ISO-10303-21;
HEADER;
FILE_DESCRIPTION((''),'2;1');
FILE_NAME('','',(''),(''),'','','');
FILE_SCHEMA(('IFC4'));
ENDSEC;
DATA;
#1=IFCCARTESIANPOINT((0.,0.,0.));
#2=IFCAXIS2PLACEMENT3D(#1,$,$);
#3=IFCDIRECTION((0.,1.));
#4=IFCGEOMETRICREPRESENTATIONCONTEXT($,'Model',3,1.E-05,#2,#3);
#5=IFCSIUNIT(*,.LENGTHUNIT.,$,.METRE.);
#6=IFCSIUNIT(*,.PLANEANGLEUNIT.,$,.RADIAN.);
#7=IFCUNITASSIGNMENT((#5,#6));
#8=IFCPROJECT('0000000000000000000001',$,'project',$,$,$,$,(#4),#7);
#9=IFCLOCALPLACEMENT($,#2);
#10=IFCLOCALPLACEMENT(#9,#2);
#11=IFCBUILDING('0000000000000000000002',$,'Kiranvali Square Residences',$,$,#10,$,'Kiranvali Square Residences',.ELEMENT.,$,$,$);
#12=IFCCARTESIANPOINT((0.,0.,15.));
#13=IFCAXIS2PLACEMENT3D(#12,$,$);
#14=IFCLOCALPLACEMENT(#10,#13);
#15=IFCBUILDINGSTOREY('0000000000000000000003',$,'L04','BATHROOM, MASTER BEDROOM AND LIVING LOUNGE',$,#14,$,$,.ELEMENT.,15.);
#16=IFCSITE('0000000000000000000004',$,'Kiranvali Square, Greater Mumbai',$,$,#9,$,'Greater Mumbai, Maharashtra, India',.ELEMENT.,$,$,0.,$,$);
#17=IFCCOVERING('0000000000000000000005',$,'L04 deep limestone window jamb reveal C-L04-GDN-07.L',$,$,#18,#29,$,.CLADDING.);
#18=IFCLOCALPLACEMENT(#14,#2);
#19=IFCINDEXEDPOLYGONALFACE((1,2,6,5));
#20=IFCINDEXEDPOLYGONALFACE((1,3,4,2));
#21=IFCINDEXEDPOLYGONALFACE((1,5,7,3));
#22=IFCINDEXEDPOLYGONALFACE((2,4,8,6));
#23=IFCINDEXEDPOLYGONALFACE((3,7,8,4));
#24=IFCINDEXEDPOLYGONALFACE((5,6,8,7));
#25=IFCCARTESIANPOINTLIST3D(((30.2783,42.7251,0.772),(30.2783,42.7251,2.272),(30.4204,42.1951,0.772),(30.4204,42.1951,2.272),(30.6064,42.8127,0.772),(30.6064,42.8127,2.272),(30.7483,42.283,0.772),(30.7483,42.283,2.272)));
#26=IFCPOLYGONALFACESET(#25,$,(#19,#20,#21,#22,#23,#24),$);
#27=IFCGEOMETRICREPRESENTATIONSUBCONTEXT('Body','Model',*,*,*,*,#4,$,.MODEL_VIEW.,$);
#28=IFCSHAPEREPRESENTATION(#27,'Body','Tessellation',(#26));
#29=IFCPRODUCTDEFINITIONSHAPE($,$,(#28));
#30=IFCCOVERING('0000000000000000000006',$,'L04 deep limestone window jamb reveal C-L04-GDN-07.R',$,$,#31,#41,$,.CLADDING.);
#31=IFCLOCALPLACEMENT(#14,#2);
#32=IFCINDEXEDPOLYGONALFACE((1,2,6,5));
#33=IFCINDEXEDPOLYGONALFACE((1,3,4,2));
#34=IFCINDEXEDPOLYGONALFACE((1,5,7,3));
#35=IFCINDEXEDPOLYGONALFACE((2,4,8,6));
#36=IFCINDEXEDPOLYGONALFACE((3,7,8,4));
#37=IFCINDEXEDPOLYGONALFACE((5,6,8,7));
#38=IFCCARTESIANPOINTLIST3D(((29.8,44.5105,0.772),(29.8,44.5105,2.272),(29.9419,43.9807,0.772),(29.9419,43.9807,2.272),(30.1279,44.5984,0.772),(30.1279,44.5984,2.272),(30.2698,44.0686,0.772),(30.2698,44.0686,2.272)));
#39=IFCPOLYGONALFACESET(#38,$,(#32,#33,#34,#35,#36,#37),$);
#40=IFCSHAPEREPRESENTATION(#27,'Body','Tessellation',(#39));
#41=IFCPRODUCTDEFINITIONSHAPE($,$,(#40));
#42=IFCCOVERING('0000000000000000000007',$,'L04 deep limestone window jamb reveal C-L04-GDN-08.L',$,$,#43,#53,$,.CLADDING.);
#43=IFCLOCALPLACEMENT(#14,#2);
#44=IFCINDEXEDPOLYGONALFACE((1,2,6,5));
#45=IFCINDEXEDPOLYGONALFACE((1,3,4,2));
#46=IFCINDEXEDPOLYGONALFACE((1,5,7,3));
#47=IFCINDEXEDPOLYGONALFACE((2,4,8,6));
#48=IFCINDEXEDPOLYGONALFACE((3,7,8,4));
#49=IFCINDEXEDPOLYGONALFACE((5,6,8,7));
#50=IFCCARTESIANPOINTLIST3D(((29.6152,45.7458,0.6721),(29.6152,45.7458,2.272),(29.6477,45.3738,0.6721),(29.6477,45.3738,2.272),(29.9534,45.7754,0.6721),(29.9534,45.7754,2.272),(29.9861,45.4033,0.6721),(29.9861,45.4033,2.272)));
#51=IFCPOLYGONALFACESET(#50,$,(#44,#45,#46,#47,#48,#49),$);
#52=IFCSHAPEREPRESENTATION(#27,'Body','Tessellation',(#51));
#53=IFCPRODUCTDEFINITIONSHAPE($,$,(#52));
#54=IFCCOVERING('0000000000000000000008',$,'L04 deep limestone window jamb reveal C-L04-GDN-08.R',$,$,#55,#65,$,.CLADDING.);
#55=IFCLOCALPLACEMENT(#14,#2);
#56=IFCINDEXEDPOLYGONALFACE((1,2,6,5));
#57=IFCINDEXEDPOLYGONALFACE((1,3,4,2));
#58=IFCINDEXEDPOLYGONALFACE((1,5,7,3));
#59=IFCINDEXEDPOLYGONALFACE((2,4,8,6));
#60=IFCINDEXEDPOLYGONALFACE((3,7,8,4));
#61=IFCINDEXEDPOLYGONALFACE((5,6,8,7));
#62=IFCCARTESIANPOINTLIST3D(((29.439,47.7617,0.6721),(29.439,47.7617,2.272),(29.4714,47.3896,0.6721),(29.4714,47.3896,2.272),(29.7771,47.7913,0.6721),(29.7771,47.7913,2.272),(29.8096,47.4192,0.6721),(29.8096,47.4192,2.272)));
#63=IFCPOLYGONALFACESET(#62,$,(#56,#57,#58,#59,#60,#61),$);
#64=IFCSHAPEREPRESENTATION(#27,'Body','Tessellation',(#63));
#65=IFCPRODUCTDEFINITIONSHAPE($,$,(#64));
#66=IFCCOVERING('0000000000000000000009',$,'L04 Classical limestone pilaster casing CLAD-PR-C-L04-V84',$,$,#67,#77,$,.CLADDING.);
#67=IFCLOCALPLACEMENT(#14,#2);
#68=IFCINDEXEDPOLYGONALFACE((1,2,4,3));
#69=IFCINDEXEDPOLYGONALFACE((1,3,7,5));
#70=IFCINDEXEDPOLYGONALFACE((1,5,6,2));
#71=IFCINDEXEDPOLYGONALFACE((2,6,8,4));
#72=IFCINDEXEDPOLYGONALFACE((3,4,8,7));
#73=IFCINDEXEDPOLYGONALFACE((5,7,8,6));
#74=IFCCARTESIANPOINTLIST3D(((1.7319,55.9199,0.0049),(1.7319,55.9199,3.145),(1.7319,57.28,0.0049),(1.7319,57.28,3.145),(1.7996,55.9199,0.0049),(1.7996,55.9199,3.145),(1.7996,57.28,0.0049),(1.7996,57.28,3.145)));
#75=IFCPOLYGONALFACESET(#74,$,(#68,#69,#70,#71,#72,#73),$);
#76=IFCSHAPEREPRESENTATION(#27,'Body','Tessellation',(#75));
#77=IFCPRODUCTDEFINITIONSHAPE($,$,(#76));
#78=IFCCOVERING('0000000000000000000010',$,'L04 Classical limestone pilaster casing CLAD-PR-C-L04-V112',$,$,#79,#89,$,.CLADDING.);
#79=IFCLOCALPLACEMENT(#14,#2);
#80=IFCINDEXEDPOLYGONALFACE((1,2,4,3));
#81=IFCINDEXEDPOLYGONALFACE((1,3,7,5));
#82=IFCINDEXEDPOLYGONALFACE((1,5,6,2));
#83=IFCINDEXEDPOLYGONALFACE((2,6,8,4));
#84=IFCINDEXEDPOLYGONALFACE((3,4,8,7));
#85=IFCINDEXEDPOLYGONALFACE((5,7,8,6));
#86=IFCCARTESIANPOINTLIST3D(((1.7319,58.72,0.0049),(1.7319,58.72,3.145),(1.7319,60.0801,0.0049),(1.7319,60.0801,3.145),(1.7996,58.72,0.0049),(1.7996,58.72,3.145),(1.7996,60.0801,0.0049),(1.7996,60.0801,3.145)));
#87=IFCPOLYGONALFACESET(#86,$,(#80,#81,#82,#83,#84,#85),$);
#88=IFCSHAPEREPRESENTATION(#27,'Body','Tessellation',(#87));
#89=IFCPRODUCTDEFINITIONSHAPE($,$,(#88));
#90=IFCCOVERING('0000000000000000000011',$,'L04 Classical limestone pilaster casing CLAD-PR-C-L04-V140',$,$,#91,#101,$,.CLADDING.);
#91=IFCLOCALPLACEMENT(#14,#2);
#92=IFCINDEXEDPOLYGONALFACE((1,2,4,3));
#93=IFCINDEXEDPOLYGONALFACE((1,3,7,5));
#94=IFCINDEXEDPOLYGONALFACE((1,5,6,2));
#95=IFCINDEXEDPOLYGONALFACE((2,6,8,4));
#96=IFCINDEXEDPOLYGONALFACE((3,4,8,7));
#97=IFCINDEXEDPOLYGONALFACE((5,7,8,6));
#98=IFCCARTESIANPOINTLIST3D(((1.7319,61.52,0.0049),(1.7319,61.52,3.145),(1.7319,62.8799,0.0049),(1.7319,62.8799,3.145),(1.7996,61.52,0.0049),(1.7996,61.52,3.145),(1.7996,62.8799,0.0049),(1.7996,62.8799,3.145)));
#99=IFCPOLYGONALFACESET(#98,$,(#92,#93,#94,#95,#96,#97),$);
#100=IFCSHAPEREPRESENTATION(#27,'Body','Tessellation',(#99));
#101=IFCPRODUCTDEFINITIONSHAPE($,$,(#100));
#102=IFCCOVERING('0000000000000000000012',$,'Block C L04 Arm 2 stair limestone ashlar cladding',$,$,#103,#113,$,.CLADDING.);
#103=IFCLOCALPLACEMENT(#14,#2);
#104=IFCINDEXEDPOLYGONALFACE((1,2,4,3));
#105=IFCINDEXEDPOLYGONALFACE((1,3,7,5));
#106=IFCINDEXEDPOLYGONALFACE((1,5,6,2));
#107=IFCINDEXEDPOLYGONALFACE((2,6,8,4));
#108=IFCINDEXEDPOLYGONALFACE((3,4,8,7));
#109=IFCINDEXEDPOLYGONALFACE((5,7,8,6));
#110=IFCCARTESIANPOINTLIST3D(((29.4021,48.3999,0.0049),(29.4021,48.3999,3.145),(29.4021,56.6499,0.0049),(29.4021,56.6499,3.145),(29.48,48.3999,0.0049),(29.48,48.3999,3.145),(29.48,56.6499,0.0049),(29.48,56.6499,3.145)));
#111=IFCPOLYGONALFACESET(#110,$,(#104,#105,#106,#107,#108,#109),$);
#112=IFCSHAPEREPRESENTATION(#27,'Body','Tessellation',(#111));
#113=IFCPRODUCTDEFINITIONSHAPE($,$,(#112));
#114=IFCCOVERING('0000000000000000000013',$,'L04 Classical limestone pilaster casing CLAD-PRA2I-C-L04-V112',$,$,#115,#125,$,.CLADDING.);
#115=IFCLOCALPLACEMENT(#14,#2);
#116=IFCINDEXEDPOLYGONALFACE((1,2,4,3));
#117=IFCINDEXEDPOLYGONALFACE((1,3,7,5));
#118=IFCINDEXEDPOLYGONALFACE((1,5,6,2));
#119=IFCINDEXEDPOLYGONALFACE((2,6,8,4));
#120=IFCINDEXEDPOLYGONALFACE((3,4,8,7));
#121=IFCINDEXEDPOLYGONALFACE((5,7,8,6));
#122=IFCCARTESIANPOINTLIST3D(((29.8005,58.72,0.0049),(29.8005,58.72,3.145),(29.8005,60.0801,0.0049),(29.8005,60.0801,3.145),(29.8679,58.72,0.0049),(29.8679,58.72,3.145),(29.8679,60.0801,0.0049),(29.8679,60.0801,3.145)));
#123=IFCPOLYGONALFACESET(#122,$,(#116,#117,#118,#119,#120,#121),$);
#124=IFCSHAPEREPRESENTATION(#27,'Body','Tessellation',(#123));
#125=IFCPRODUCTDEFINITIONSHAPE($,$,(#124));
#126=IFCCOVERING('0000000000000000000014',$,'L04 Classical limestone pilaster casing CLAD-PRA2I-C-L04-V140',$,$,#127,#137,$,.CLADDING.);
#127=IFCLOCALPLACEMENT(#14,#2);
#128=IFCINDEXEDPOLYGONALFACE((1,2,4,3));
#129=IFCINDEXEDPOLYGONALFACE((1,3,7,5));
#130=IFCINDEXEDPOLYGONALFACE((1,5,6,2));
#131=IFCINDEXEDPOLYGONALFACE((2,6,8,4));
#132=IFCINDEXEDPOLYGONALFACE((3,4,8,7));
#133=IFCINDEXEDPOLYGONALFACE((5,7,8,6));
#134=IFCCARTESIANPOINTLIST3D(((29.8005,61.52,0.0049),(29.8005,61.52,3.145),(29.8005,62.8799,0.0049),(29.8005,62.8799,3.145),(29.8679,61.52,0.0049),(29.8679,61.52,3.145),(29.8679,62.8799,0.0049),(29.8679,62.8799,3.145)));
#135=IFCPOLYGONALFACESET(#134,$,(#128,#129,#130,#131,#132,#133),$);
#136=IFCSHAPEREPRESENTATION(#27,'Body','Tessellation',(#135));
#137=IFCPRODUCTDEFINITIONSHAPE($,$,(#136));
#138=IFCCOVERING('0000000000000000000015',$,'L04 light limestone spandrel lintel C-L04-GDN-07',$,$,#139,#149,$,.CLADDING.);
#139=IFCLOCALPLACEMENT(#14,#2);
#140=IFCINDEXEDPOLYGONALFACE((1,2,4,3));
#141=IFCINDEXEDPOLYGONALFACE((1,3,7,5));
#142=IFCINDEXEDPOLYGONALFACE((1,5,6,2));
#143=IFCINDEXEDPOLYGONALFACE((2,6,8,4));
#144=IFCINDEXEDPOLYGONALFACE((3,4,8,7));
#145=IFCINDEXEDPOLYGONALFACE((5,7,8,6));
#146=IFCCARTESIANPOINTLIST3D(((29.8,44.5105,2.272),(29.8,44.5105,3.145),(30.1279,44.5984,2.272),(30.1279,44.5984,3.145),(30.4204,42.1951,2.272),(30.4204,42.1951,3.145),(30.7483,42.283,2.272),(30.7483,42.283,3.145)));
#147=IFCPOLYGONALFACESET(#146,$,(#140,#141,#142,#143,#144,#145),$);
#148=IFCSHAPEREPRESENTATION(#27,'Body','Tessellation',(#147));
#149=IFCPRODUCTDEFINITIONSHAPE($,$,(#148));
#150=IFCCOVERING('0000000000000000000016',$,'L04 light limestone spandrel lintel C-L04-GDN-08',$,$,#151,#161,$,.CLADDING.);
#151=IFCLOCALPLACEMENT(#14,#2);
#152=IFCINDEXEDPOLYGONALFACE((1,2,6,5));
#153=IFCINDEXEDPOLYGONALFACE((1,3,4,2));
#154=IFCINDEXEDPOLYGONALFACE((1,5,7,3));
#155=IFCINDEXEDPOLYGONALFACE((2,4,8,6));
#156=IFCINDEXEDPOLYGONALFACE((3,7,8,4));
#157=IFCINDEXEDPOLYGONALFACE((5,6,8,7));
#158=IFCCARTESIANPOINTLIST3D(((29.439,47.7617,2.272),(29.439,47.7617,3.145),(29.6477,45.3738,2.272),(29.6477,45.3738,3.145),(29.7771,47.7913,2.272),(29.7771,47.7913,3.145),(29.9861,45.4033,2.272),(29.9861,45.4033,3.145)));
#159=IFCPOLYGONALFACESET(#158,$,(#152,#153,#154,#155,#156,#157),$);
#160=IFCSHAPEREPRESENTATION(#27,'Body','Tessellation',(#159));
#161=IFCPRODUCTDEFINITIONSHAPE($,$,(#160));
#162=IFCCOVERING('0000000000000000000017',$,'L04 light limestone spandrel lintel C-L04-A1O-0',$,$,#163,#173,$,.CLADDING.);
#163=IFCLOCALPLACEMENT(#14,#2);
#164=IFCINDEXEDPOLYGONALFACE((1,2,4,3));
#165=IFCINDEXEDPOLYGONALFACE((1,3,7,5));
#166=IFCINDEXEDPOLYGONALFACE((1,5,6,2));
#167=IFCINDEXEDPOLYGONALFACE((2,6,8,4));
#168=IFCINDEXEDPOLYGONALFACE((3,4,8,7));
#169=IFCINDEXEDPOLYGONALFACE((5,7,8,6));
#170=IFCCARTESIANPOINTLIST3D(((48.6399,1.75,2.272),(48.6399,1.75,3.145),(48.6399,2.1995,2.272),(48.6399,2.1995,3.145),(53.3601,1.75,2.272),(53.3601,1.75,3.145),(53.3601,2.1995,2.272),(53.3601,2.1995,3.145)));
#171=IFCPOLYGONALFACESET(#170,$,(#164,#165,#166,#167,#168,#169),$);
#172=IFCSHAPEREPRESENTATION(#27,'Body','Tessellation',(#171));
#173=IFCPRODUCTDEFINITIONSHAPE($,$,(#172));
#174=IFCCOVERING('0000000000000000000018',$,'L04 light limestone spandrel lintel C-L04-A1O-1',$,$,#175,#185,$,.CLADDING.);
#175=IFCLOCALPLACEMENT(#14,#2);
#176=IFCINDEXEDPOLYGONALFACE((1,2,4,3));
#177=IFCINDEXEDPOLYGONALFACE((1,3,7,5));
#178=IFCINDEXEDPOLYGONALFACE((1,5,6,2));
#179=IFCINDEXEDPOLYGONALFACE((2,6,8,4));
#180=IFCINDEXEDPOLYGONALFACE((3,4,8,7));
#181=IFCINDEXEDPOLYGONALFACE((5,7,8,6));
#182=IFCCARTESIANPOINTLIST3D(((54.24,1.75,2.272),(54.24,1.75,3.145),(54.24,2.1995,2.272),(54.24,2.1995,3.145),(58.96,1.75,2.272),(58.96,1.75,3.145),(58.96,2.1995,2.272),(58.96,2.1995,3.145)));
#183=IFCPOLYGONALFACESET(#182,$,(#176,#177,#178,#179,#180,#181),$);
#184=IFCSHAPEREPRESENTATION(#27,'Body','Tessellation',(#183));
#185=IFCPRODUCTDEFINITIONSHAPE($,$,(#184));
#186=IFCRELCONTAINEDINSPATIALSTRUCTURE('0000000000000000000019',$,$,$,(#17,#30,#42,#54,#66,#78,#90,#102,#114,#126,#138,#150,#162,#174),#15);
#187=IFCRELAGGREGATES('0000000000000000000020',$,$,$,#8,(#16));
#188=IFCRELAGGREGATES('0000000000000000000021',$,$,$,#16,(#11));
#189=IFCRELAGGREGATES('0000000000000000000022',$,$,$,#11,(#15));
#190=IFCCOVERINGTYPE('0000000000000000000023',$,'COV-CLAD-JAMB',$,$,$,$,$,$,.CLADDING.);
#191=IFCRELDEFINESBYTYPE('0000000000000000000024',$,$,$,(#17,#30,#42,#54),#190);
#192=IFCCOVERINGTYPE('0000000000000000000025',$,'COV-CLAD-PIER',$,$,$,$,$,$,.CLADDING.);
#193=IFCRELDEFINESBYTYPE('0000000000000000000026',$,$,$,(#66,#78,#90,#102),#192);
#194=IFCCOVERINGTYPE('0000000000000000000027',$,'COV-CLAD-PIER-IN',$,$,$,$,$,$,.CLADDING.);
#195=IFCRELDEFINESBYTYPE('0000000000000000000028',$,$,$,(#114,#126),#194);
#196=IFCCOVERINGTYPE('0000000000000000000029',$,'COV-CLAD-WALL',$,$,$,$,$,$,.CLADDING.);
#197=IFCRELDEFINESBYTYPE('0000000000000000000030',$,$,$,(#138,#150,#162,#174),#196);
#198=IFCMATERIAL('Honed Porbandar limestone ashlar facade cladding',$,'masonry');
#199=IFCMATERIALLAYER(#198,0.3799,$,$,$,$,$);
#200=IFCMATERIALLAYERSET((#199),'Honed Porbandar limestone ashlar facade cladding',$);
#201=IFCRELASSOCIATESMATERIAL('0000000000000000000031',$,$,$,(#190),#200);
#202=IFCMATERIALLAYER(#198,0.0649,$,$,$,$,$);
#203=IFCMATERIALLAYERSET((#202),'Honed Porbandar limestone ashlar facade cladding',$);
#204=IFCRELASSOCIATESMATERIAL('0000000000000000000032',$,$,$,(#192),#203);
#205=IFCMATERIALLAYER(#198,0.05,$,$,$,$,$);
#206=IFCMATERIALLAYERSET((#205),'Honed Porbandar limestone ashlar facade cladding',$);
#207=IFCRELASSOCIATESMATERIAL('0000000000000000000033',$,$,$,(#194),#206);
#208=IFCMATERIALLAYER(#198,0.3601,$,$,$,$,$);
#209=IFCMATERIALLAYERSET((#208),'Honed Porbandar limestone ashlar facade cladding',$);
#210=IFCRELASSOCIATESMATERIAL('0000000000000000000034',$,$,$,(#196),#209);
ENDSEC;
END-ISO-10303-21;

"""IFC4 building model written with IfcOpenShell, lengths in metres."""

from ifc_helpers import new_model, si_unit, direction, frame, origin, place, context, subcontext, project, spatial, polyline, outline, extrude, material, layer, layer_set, type_object, element, save


model = new_model("IFC4")

# Units and contexts
model_context = context("Model", 3, precision=1e-05, world=origin(), true_north=direction((0.0, 1.0)))
body_context = subcontext(model_context, "Body", "Model", "MODEL_VIEW")
ifc_project = project(units=[si_unit("LENGTHUNIT", "METRE"), si_unit("PLANEANGLEUNIT", "RADIAN")], contexts=[model_context])

# Site, building, storey
site_placement = place(None, origin())
site = spatial("IfcSite", under=ifc_project, at=site_placement, Name="Kiranvali Square, Greater Mumbai", LongName="Greater Mumbai, Maharashtra, India", CompositionType="ELEMENT", RefElevation=0.0)
building_placement = place(site_placement, origin())
building = spatial("IfcBuilding", under=site, at=building_placement, Name="Kiranvali Square Residences", LongName="Kiranvali Square Residences", CompositionType="ELEMENT")
storey_placement = place(building_placement, frame((0.0, 0.0, 15.0)))
storey = spatial("IfcBuildingStorey", under=building, at=storey_placement, Name="L04", Description="BATHROOM, MASTER BEDROOM AND LIVING LOUNGE", CompositionType="ELEMENT", Elevation=15.0)

# Coverings
ifc_material = material(Name="Honed Porbandar limestone ashlar facade cladding", Category="masonry")
ifc_layer_1 = layer(ifc_material, 0.3799)
ifc_layer_set_1 = layer_set([ifc_layer_1], Name="Honed Porbandar limestone ashlar facade cladding")
covering_type_1 = type_object("IfcCoveringType", Name="COV-CLAD-JAMB", PredefinedType="CLADDING", material=ifc_layer_set_1)
covering_1_placement = place(storey_placement, frame((0.0, 0.0, 0.772)))
element("IfcCovering", 1, at=covering_1_placement, inside=storey, type_object=covering_type_1, Name="L04 deep limestone window jamb reveal C-L04-GDN-07.L", PredefinedType="CLADDING", context=body_context, shape_type="SweptSolid", body=[
    extrude(outline(polyline([(30.7483, 42.283), (30.6064, 42.8127), (30.2783, 42.7251), (30.4204, 42.1951), (30.7483, 42.283)])), origin(), (0.0, 0.0, 1.0), 1.5),
])
covering_2_placement = place(storey_placement, frame((0.0, 0.0, 0.772)))
element("IfcCovering", 2, at=covering_2_placement, inside=storey, type_object=covering_type_1, Name="L04 deep limestone window jamb reveal C-L04-GDN-07.R", PredefinedType="CLADDING", context=body_context, shape_type="SweptSolid", body=[
    extrude(outline(polyline([(30.2698, 44.0686), (30.1279, 44.5984), (29.8, 44.5105), (29.9419, 43.9807), (30.2698, 44.0686)])), origin(), (0.0, 0.0, 1.0), 1.5),
])
covering_3_placement = place(storey_placement, frame((0.0, 0.0, 0.6721)))
element("IfcCovering", 3, at=covering_3_placement, inside=storey, type_object=covering_type_1, Name="L04 deep limestone window jamb reveal C-L04-GDN-08.L", PredefinedType="CLADDING", context=body_context, shape_type="SweptSolid", body=[
    extrude(outline(polyline([(29.9861, 45.4033), (29.9534, 45.7754), (29.6152, 45.7458), (29.6477, 45.3738), (29.9861, 45.4033)])), origin(), (0.0, 0.0, 1.0), 1.5999),
])
covering_4_placement = place(storey_placement, frame((0.0, 0.0, 0.6721)))
element("IfcCovering", 4, at=covering_4_placement, inside=storey, type_object=covering_type_1, Name="L04 deep limestone window jamb reveal C-L04-GDN-08.R", PredefinedType="CLADDING", context=body_context, shape_type="SweptSolid", body=[
    extrude(outline(polyline([(29.8096, 47.4192), (29.7771, 47.7913), (29.439, 47.7617), (29.4714, 47.3896), (29.8096, 47.4192)])), origin(), (0.0, 0.0, 1.0), 1.5999),
])
ifc_layer_2 = layer(ifc_material, 0.0649)
ifc_layer_set_2 = layer_set([ifc_layer_2], Name="Honed Porbandar limestone ashlar facade cladding")
covering_type_2 = type_object("IfcCoveringType", Name="COV-CLAD-PIER", PredefinedType="CLADDING", material=ifc_layer_set_2)
covering_5_placement = place(storey_placement, frame((0.0, 0.0, 0.0049)))
element("IfcCovering", 5, at=covering_5_placement, inside=storey, type_object=covering_type_2, Name="L04 Classical limestone pilaster casing CLAD-PR-C-L04-V84", PredefinedType="CLADDING", context=body_context, shape_type="SweptSolid", body=[
    extrude(outline(polyline([(1.7996, 55.9199), (1.7996, 57.28), (1.7319, 57.28), (1.7319, 55.9199), (1.7996, 55.9199)])), origin(), (0.0, 0.0, 1.0), 3.1401),
])
covering_6_placement = place(storey_placement, frame((0.0, 0.0, 0.0049)))
element("IfcCovering", 6, at=covering_6_placement, inside=storey, type_object=covering_type_2, Name="L04 Classical limestone pilaster casing CLAD-PR-C-L04-V112", PredefinedType="CLADDING", context=body_context, shape_type="SweptSolid", body=[
    extrude(outline(polyline([(1.7996, 58.72), (1.7996, 60.0801), (1.7319, 60.0801), (1.7319, 58.72), (1.7996, 58.72)])), origin(), (0.0, 0.0, 1.0), 3.1401),
])
covering_7_placement = place(storey_placement, frame((0.0, 0.0, 0.0049)))
element("IfcCovering", 7, at=covering_7_placement, inside=storey, type_object=covering_type_2, Name="L04 Classical limestone pilaster casing CLAD-PR-C-L04-V140", PredefinedType="CLADDING", context=body_context, shape_type="SweptSolid", body=[
    extrude(outline(polyline([(1.7996, 61.52), (1.7996, 62.8799), (1.7319, 62.8799), (1.7319, 61.52), (1.7996, 61.52)])), origin(), (0.0, 0.0, 1.0), 3.1401),
])
covering_8_placement = place(storey_placement, frame((0.0, 0.0, 0.0049)))
element("IfcCovering", 8, at=covering_8_placement, inside=storey, type_object=covering_type_2, Name="Block C L04 Arm 2 stair limestone ashlar cladding", PredefinedType="CLADDING", context=body_context, shape_type="SweptSolid", body=[
    extrude(outline(polyline([(29.48, 48.3999), (29.48, 56.6499), (29.4021, 56.6499), (29.4021, 48.3999), (29.48, 48.3999)])), origin(), (0.0, 0.0, 1.0), 3.1401),
])
ifc_layer_3 = layer(ifc_material, 0.05)
ifc_layer_set_3 = layer_set([ifc_layer_3], Name="Honed Porbandar limestone ashlar facade cladding")
covering_type_3 = type_object("IfcCoveringType", Name="COV-CLAD-PIER-IN", PredefinedType="CLADDING", material=ifc_layer_set_3)
covering_9_placement = place(storey_placement, frame((0.0, 0.0, 0.0049)))
element("IfcCovering", 9, at=covering_9_placement, inside=storey, type_object=covering_type_3, Name="L04 Classical limestone pilaster casing CLAD-PRA2I-C-L04-V112", PredefinedType="CLADDING", context=body_context, shape_type="SweptSolid", body=[
    extrude(outline(polyline([(29.8679, 58.72), (29.8679, 60.0801), (29.8005, 60.0801), (29.8005, 58.72), (29.8679, 58.72)])), origin(), (0.0, 0.0, 1.0), 3.1401),
])
covering_10_placement = place(storey_placement, frame((0.0, 0.0, 0.0049)))
element("IfcCovering", 10, at=covering_10_placement, inside=storey, type_object=covering_type_3, Name="L04 Classical limestone pilaster casing CLAD-PRA2I-C-L04-V140", PredefinedType="CLADDING", context=body_context, shape_type="SweptSolid", body=[
    extrude(outline(polyline([(29.8679, 61.52), (29.8679, 62.8799), (29.8005, 62.8799), (29.8005, 61.52), (29.8679, 61.52)])), origin(), (0.0, 0.0, 1.0), 3.1401),
])
ifc_layer_4 = layer(ifc_material, 0.3601)
ifc_layer_set_4 = layer_set([ifc_layer_4], Name="Honed Porbandar limestone ashlar facade cladding")
covering_type_4 = type_object("IfcCoveringType", Name="COV-CLAD-WALL", PredefinedType="CLADDING", material=ifc_layer_set_4)
covering_11_placement = place(storey_placement, frame((0.0, 0.0, 2.272)))
element("IfcCovering", 11, at=covering_11_placement, inside=storey, type_object=covering_type_4, Name="L04 light limestone spandrel lintel C-L04-GDN-07", PredefinedType="CLADDING", context=body_context, shape_type="SweptSolid", body=[
    extrude(outline(polyline([(30.7483, 42.283), (30.1279, 44.5984), (29.8, 44.5105), (30.4204, 42.1951), (30.7483, 42.283)])), origin(), (0.0, 0.0, 1.0), 0.873),
])
covering_12_placement = place(storey_placement, frame((0.0, 0.0, 2.272)))
element("IfcCovering", 12, at=covering_12_placement, inside=storey, type_object=covering_type_4, Name="L04 light limestone spandrel lintel C-L04-GDN-08", PredefinedType="CLADDING", context=body_context, shape_type="SweptSolid", body=[
    extrude(outline(polyline([(29.9861, 45.4033), (29.7771, 47.7913), (29.439, 47.7617), (29.6477, 45.3738), (29.9861, 45.4033)])), origin(), (0.0, 0.0, 1.0), 0.873),
])
covering_13_placement = place(storey_placement, frame((0.0, 0.0, 2.272)))
element("IfcCovering", 13, at=covering_13_placement, inside=storey, type_object=covering_type_4, Name="L04 light limestone spandrel lintel C-L04-A1O-0", PredefinedType="CLADDING", context=body_context, shape_type="SweptSolid", body=[
    extrude(outline(polyline([(48.6399, 1.75), (53.3601, 1.75), (53.3601, 2.1995), (48.6399, 2.1995), (48.6399, 1.75)])), origin(), (0.0, 0.0, 1.0), 0.873),
])
covering_14_placement = place(storey_placement, frame((0.0, 0.0, 2.272)))
element("IfcCovering", 14, at=covering_14_placement, inside=storey, type_object=covering_type_4, Name="L04 light limestone spandrel lintel C-L04-A1O-1", PredefinedType="CLADDING", context=body_context, shape_type="SweptSolid", body=[
    extrude(outline(polyline([(54.24, 1.75), (58.96, 1.75), (58.96, 2.1995), (54.24, 2.1995), (54.24, 1.75)])), origin(), (0.0, 0.0, 1.0), 0.873),
])

save(model, "model.ifc")
